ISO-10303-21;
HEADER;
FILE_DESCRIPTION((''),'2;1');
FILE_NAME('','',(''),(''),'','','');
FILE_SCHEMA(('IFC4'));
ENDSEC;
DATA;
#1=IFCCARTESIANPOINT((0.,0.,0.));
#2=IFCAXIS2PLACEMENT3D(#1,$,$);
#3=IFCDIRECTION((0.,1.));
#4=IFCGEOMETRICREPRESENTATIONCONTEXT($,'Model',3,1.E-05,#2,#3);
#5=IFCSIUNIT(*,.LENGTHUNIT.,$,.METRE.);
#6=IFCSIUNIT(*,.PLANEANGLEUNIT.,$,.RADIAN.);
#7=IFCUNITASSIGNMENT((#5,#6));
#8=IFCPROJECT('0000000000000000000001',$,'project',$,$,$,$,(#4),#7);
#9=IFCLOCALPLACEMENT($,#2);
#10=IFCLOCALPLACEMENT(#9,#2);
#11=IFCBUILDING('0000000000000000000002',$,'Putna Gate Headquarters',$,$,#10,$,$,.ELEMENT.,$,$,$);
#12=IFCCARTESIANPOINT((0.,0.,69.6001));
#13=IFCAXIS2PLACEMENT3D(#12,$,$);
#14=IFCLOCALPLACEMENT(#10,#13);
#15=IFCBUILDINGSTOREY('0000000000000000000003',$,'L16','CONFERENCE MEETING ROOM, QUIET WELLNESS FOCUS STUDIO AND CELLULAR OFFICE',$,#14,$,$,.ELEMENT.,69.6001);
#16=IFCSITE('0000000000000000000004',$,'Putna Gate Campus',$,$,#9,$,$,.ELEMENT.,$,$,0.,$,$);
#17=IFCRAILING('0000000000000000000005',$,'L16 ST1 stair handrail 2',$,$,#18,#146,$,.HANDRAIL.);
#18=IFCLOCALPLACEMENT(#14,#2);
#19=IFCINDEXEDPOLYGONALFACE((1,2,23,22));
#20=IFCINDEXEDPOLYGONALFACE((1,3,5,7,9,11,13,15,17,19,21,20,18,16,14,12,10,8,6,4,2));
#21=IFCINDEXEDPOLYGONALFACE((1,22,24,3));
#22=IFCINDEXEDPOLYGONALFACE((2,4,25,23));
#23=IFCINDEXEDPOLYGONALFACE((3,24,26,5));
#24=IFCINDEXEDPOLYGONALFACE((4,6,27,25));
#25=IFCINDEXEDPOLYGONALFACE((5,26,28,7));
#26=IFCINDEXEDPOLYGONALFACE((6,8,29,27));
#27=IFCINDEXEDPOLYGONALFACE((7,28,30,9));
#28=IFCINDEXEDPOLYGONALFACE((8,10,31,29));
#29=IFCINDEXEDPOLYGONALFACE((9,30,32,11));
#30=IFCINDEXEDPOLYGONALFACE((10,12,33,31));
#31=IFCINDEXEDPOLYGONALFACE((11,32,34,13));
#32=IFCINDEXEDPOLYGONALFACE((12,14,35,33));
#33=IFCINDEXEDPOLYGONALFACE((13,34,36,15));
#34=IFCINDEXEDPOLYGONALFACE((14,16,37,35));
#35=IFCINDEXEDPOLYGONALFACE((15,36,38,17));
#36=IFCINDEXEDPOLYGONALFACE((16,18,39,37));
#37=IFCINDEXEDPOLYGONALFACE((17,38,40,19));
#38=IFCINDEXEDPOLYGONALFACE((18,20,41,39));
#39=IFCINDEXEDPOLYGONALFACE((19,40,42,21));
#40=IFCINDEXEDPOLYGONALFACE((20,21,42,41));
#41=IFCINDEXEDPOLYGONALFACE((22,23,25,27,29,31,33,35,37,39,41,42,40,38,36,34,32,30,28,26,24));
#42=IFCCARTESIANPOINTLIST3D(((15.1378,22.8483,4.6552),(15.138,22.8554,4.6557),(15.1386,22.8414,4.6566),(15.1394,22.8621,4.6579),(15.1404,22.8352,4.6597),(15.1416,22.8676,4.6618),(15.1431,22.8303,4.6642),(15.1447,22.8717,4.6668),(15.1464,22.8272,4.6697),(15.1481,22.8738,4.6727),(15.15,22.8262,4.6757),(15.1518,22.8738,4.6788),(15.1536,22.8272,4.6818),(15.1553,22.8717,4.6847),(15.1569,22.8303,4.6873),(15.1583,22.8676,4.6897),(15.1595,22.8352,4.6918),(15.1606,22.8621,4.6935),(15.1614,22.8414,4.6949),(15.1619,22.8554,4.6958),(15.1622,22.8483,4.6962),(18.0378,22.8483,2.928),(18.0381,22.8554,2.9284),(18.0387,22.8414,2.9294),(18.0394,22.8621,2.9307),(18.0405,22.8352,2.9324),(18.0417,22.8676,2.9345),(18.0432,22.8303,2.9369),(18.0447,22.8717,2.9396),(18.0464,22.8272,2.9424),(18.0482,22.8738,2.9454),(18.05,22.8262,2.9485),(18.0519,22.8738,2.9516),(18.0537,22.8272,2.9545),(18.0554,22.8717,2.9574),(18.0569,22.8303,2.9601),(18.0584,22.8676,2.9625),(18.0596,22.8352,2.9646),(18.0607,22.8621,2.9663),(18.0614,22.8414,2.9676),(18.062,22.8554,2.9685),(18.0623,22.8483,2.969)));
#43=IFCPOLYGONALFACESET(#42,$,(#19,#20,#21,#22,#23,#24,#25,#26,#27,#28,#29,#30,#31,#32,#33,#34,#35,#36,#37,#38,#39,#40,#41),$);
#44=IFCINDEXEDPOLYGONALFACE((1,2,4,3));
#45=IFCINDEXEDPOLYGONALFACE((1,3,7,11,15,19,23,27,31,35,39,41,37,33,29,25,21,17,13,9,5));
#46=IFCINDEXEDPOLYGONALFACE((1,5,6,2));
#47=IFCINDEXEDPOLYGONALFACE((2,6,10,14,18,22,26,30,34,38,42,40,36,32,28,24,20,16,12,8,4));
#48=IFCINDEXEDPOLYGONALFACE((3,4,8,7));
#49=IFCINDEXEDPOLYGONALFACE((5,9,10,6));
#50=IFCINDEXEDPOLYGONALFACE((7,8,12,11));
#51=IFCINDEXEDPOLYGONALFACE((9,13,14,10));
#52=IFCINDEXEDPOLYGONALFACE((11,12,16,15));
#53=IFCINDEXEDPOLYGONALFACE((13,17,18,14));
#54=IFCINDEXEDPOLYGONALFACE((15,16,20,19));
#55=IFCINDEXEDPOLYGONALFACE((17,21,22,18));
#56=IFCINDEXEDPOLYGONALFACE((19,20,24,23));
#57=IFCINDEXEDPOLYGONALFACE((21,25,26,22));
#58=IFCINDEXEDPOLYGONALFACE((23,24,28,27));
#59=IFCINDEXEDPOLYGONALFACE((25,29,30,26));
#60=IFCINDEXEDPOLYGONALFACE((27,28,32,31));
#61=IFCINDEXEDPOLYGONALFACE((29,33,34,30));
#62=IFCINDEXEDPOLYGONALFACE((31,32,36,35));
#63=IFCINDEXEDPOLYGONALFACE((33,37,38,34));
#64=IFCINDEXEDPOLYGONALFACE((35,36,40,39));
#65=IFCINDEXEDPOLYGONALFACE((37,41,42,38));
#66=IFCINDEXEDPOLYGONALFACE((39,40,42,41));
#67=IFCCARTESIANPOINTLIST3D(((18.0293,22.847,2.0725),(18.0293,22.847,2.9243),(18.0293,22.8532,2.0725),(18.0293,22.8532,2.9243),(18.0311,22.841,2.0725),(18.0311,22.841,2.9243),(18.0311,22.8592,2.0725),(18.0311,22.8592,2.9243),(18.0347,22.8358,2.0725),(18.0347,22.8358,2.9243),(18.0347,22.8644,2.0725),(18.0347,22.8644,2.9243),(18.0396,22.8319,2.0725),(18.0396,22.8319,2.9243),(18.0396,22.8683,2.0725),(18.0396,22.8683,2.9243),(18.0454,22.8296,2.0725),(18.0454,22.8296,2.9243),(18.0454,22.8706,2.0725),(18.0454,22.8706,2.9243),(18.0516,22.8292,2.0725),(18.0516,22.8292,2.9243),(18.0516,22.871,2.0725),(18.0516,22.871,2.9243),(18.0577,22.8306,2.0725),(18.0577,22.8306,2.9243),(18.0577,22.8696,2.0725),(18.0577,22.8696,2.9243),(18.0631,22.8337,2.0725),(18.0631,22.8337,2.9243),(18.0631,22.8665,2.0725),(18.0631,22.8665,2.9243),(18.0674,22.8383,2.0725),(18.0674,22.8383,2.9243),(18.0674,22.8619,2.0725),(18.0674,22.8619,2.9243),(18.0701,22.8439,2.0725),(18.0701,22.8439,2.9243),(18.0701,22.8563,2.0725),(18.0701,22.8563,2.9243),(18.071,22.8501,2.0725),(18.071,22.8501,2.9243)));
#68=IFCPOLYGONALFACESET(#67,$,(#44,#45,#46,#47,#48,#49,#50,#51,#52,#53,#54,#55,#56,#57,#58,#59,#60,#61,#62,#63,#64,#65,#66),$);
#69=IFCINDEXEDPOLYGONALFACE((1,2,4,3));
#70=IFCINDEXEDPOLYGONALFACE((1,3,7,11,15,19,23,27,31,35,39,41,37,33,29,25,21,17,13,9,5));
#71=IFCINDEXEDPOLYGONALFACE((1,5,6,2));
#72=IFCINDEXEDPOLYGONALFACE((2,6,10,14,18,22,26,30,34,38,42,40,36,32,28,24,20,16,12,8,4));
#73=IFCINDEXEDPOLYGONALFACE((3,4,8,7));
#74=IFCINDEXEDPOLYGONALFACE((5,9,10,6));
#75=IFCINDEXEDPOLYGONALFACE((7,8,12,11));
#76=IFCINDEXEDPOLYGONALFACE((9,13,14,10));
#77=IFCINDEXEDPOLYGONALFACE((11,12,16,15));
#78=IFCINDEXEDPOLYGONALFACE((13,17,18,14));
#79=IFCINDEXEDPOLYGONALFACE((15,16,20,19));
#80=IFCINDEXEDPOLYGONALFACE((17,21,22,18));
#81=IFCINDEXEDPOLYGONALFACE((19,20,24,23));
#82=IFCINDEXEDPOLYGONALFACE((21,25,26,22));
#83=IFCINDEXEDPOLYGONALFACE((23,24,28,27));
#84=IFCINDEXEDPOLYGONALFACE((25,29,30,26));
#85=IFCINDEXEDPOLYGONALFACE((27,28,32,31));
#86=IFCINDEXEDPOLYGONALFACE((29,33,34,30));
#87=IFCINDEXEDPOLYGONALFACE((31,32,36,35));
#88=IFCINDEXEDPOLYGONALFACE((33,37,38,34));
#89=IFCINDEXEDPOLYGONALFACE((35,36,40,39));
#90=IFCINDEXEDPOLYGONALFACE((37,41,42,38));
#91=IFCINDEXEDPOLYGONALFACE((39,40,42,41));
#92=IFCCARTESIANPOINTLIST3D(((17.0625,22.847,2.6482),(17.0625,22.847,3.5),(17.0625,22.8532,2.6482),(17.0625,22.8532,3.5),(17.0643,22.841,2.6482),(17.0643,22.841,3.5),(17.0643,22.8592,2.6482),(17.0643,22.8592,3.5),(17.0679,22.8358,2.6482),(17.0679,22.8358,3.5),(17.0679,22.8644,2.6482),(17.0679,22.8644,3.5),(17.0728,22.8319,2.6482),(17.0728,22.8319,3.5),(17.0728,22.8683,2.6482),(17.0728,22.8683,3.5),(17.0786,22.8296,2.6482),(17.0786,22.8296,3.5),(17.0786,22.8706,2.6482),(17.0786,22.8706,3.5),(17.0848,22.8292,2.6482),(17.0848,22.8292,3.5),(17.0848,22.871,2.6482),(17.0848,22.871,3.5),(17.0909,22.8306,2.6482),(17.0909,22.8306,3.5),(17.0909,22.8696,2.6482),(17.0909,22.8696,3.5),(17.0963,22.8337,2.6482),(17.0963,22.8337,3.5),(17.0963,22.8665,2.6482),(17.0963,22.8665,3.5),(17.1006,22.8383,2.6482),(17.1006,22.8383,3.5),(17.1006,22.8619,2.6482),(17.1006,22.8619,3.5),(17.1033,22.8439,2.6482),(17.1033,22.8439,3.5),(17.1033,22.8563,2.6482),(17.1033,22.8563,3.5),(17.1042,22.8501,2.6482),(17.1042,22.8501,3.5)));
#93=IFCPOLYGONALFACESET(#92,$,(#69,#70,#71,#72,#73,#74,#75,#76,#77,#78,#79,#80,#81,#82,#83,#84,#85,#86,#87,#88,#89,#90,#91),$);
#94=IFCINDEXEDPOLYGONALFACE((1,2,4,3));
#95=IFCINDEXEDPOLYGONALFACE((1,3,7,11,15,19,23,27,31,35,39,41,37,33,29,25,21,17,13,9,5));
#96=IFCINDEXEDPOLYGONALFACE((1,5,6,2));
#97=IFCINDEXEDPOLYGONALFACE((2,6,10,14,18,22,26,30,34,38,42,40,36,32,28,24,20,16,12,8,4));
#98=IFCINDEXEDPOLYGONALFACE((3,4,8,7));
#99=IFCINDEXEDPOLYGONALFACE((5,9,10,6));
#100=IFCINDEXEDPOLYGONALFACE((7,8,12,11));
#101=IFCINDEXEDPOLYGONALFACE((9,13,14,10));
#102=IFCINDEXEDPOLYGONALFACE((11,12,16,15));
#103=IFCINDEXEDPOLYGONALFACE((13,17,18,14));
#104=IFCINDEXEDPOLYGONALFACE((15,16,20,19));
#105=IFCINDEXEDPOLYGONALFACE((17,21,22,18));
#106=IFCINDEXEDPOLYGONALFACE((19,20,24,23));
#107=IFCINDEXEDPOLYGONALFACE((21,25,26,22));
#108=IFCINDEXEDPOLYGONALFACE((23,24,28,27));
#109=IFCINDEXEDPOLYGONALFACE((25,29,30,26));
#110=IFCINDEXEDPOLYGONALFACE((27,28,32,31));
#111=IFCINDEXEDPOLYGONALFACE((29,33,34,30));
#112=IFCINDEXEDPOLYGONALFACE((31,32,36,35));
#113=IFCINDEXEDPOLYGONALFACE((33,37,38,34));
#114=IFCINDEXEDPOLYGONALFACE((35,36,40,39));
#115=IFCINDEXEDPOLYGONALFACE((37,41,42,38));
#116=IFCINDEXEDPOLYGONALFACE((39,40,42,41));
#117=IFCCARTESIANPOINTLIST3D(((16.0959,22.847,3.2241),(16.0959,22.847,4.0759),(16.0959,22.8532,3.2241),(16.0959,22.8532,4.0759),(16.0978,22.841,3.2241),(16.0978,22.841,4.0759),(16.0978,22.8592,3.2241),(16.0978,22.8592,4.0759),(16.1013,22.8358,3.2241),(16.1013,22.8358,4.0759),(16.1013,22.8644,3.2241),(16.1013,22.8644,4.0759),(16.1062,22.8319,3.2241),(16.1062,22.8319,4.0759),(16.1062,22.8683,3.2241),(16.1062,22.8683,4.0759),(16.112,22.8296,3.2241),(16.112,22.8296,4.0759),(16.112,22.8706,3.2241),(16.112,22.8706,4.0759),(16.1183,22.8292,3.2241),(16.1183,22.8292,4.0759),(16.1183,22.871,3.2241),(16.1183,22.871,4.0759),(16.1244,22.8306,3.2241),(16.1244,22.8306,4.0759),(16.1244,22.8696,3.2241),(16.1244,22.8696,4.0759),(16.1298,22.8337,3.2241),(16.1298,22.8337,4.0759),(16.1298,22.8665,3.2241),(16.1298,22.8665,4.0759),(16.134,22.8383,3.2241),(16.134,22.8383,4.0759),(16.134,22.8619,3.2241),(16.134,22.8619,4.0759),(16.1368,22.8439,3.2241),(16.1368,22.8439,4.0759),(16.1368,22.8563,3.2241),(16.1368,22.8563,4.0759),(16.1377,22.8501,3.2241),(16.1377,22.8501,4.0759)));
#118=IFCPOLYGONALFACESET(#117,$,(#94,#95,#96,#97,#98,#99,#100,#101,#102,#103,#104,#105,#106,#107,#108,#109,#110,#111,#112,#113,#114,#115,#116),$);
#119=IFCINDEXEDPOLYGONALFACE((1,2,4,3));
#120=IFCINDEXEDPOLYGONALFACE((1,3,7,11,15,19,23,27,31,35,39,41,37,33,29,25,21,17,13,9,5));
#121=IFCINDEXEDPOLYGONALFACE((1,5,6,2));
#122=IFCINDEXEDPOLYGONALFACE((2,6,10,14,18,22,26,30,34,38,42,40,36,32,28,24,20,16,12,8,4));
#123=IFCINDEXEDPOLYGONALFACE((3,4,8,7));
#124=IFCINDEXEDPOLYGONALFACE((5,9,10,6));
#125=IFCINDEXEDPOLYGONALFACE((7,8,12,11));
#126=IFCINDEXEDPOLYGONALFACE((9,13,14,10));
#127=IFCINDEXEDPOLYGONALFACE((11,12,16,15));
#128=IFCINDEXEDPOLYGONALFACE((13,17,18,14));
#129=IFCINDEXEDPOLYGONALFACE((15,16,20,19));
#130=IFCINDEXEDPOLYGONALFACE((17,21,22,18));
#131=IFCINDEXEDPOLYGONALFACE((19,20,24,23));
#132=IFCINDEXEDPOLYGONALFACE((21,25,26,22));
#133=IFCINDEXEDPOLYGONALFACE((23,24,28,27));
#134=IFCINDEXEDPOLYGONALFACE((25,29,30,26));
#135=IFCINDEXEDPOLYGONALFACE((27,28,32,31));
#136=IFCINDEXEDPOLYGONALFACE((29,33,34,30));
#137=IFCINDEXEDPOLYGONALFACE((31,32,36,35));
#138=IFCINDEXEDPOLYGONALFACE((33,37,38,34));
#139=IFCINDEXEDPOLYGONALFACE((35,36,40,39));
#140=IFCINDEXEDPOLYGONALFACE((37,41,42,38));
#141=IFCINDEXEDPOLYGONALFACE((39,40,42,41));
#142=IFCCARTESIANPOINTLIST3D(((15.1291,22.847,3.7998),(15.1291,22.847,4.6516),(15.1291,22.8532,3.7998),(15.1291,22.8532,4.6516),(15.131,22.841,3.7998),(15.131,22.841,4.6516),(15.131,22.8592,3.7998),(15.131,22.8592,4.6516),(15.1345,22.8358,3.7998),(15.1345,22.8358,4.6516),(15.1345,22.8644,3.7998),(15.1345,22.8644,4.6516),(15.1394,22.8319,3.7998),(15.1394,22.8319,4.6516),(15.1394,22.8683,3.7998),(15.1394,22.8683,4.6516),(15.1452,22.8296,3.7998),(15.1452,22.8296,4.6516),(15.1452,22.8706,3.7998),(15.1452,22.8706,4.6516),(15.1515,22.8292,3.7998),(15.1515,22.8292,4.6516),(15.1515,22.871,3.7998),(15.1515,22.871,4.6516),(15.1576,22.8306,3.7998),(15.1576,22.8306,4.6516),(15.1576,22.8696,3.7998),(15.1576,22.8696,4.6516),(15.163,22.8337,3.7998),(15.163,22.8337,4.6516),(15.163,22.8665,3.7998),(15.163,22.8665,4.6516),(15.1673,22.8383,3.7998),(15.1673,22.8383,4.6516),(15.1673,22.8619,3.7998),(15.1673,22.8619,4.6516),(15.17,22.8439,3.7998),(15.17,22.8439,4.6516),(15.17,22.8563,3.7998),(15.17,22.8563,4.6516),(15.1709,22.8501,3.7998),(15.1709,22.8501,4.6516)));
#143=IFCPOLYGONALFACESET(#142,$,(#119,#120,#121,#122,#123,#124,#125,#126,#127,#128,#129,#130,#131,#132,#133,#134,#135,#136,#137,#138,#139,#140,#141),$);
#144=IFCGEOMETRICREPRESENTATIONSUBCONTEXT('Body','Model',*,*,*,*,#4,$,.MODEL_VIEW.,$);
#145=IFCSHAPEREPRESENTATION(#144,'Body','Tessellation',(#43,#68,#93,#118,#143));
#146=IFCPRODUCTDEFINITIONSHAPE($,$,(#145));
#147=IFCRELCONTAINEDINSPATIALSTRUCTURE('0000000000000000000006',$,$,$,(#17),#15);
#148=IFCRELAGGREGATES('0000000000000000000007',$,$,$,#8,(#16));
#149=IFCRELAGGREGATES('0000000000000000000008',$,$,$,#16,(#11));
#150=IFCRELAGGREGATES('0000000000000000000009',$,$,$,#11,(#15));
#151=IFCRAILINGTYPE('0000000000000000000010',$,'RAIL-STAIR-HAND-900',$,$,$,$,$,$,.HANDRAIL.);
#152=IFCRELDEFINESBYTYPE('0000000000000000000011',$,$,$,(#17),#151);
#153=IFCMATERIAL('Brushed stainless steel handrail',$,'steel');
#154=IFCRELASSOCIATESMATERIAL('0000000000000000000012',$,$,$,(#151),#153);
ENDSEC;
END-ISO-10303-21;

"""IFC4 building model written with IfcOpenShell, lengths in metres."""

from ifc_helpers import new_model, si_unit, direction, frame, origin, origin_2d, place, context, subcontext, project, spatial, circle, extrude, material, type_object, element, save


model = new_model("IFC4")

# Units and contexts
model_context = context("Model", 3, precision=1e-05, world=origin(), true_north=direction((0.0, 1.0)))
body_context = subcontext(model_context, "Body", "Model", "MODEL_VIEW")
ifc_project = project(units=[si_unit("LENGTHUNIT", "METRE"), si_unit("PLANEANGLEUNIT", "RADIAN")], contexts=[model_context])

# Site, building, storey
site_placement = place(None, origin())
site = spatial("IfcSite", under=ifc_project, at=site_placement, Name="Putna Gate Campus", CompositionType="ELEMENT", RefElevation=0.0)
building_placement = place(site_placement, origin())
building = spatial("IfcBuilding", under=site, at=building_placement, Name="Putna Gate Headquarters", CompositionType="ELEMENT")
storey_placement = place(building_placement, frame((0.0, 0.0, 69.6001)))
storey = spatial("IfcBuildingStorey", under=building, at=storey_placement, Name="L16", Description="CONFERENCE MEETING ROOM, QUIET WELLNESS FOCUS STUDIO AND CELLULAR OFFICE", CompositionType="ELEMENT", Elevation=69.6001)

# Railing
ifc_material_1 = material(Name="Brushed stainless steel handrail", Category="steel")
railing_type_1 = type_object("IfcRailingType", Name="RAIL-STAIR-HAND-900", PredefinedType="HANDRAIL", material=ifc_material_1)
railing_1_placement = place(storey_placement, frame((18.05, 22.8501, 2.0725)))
element("IfcRailing", 1, at=railing_1_placement, inside=storey, type_object=railing_type_1, Name="L16 ST1 stair handrail 2", PredefinedType="HANDRAIL", context=body_context, shape_type="SweptSolid", body=[
    extrude(circle(Radius=0.0239, at=origin_2d()), frame((0.0, 0.0, 0.876), z_axis=(-0.85916, 0.0, 0.511706), x_axis=(0.0, -1.0, 0.0)), (0.0, 0.0, 1.0), 3.3755),
    extrude(circle(Radius=0.021, at=origin_2d()), origin(), (0.0, 0.0, 1.0), 0.8518),
    extrude(circle(Radius=0.021, at=origin_2d()), frame((-0.9668, 0.0, 0.5757)), (0.0, 0.0, 1.0), 0.8518),
    extrude(circle(Radius=0.021, at=origin_2d()), frame((-1.9333, 0.0, 1.1516)), (0.0, 0.0, 1.0), 0.8518),
    extrude(circle(Radius=0.021, at=origin_2d()), frame((-2.9001, 0.0, 1.7273)), (0.0, 0.0, 1.0), 0.8518),
])

save(model, "model.ifc")
